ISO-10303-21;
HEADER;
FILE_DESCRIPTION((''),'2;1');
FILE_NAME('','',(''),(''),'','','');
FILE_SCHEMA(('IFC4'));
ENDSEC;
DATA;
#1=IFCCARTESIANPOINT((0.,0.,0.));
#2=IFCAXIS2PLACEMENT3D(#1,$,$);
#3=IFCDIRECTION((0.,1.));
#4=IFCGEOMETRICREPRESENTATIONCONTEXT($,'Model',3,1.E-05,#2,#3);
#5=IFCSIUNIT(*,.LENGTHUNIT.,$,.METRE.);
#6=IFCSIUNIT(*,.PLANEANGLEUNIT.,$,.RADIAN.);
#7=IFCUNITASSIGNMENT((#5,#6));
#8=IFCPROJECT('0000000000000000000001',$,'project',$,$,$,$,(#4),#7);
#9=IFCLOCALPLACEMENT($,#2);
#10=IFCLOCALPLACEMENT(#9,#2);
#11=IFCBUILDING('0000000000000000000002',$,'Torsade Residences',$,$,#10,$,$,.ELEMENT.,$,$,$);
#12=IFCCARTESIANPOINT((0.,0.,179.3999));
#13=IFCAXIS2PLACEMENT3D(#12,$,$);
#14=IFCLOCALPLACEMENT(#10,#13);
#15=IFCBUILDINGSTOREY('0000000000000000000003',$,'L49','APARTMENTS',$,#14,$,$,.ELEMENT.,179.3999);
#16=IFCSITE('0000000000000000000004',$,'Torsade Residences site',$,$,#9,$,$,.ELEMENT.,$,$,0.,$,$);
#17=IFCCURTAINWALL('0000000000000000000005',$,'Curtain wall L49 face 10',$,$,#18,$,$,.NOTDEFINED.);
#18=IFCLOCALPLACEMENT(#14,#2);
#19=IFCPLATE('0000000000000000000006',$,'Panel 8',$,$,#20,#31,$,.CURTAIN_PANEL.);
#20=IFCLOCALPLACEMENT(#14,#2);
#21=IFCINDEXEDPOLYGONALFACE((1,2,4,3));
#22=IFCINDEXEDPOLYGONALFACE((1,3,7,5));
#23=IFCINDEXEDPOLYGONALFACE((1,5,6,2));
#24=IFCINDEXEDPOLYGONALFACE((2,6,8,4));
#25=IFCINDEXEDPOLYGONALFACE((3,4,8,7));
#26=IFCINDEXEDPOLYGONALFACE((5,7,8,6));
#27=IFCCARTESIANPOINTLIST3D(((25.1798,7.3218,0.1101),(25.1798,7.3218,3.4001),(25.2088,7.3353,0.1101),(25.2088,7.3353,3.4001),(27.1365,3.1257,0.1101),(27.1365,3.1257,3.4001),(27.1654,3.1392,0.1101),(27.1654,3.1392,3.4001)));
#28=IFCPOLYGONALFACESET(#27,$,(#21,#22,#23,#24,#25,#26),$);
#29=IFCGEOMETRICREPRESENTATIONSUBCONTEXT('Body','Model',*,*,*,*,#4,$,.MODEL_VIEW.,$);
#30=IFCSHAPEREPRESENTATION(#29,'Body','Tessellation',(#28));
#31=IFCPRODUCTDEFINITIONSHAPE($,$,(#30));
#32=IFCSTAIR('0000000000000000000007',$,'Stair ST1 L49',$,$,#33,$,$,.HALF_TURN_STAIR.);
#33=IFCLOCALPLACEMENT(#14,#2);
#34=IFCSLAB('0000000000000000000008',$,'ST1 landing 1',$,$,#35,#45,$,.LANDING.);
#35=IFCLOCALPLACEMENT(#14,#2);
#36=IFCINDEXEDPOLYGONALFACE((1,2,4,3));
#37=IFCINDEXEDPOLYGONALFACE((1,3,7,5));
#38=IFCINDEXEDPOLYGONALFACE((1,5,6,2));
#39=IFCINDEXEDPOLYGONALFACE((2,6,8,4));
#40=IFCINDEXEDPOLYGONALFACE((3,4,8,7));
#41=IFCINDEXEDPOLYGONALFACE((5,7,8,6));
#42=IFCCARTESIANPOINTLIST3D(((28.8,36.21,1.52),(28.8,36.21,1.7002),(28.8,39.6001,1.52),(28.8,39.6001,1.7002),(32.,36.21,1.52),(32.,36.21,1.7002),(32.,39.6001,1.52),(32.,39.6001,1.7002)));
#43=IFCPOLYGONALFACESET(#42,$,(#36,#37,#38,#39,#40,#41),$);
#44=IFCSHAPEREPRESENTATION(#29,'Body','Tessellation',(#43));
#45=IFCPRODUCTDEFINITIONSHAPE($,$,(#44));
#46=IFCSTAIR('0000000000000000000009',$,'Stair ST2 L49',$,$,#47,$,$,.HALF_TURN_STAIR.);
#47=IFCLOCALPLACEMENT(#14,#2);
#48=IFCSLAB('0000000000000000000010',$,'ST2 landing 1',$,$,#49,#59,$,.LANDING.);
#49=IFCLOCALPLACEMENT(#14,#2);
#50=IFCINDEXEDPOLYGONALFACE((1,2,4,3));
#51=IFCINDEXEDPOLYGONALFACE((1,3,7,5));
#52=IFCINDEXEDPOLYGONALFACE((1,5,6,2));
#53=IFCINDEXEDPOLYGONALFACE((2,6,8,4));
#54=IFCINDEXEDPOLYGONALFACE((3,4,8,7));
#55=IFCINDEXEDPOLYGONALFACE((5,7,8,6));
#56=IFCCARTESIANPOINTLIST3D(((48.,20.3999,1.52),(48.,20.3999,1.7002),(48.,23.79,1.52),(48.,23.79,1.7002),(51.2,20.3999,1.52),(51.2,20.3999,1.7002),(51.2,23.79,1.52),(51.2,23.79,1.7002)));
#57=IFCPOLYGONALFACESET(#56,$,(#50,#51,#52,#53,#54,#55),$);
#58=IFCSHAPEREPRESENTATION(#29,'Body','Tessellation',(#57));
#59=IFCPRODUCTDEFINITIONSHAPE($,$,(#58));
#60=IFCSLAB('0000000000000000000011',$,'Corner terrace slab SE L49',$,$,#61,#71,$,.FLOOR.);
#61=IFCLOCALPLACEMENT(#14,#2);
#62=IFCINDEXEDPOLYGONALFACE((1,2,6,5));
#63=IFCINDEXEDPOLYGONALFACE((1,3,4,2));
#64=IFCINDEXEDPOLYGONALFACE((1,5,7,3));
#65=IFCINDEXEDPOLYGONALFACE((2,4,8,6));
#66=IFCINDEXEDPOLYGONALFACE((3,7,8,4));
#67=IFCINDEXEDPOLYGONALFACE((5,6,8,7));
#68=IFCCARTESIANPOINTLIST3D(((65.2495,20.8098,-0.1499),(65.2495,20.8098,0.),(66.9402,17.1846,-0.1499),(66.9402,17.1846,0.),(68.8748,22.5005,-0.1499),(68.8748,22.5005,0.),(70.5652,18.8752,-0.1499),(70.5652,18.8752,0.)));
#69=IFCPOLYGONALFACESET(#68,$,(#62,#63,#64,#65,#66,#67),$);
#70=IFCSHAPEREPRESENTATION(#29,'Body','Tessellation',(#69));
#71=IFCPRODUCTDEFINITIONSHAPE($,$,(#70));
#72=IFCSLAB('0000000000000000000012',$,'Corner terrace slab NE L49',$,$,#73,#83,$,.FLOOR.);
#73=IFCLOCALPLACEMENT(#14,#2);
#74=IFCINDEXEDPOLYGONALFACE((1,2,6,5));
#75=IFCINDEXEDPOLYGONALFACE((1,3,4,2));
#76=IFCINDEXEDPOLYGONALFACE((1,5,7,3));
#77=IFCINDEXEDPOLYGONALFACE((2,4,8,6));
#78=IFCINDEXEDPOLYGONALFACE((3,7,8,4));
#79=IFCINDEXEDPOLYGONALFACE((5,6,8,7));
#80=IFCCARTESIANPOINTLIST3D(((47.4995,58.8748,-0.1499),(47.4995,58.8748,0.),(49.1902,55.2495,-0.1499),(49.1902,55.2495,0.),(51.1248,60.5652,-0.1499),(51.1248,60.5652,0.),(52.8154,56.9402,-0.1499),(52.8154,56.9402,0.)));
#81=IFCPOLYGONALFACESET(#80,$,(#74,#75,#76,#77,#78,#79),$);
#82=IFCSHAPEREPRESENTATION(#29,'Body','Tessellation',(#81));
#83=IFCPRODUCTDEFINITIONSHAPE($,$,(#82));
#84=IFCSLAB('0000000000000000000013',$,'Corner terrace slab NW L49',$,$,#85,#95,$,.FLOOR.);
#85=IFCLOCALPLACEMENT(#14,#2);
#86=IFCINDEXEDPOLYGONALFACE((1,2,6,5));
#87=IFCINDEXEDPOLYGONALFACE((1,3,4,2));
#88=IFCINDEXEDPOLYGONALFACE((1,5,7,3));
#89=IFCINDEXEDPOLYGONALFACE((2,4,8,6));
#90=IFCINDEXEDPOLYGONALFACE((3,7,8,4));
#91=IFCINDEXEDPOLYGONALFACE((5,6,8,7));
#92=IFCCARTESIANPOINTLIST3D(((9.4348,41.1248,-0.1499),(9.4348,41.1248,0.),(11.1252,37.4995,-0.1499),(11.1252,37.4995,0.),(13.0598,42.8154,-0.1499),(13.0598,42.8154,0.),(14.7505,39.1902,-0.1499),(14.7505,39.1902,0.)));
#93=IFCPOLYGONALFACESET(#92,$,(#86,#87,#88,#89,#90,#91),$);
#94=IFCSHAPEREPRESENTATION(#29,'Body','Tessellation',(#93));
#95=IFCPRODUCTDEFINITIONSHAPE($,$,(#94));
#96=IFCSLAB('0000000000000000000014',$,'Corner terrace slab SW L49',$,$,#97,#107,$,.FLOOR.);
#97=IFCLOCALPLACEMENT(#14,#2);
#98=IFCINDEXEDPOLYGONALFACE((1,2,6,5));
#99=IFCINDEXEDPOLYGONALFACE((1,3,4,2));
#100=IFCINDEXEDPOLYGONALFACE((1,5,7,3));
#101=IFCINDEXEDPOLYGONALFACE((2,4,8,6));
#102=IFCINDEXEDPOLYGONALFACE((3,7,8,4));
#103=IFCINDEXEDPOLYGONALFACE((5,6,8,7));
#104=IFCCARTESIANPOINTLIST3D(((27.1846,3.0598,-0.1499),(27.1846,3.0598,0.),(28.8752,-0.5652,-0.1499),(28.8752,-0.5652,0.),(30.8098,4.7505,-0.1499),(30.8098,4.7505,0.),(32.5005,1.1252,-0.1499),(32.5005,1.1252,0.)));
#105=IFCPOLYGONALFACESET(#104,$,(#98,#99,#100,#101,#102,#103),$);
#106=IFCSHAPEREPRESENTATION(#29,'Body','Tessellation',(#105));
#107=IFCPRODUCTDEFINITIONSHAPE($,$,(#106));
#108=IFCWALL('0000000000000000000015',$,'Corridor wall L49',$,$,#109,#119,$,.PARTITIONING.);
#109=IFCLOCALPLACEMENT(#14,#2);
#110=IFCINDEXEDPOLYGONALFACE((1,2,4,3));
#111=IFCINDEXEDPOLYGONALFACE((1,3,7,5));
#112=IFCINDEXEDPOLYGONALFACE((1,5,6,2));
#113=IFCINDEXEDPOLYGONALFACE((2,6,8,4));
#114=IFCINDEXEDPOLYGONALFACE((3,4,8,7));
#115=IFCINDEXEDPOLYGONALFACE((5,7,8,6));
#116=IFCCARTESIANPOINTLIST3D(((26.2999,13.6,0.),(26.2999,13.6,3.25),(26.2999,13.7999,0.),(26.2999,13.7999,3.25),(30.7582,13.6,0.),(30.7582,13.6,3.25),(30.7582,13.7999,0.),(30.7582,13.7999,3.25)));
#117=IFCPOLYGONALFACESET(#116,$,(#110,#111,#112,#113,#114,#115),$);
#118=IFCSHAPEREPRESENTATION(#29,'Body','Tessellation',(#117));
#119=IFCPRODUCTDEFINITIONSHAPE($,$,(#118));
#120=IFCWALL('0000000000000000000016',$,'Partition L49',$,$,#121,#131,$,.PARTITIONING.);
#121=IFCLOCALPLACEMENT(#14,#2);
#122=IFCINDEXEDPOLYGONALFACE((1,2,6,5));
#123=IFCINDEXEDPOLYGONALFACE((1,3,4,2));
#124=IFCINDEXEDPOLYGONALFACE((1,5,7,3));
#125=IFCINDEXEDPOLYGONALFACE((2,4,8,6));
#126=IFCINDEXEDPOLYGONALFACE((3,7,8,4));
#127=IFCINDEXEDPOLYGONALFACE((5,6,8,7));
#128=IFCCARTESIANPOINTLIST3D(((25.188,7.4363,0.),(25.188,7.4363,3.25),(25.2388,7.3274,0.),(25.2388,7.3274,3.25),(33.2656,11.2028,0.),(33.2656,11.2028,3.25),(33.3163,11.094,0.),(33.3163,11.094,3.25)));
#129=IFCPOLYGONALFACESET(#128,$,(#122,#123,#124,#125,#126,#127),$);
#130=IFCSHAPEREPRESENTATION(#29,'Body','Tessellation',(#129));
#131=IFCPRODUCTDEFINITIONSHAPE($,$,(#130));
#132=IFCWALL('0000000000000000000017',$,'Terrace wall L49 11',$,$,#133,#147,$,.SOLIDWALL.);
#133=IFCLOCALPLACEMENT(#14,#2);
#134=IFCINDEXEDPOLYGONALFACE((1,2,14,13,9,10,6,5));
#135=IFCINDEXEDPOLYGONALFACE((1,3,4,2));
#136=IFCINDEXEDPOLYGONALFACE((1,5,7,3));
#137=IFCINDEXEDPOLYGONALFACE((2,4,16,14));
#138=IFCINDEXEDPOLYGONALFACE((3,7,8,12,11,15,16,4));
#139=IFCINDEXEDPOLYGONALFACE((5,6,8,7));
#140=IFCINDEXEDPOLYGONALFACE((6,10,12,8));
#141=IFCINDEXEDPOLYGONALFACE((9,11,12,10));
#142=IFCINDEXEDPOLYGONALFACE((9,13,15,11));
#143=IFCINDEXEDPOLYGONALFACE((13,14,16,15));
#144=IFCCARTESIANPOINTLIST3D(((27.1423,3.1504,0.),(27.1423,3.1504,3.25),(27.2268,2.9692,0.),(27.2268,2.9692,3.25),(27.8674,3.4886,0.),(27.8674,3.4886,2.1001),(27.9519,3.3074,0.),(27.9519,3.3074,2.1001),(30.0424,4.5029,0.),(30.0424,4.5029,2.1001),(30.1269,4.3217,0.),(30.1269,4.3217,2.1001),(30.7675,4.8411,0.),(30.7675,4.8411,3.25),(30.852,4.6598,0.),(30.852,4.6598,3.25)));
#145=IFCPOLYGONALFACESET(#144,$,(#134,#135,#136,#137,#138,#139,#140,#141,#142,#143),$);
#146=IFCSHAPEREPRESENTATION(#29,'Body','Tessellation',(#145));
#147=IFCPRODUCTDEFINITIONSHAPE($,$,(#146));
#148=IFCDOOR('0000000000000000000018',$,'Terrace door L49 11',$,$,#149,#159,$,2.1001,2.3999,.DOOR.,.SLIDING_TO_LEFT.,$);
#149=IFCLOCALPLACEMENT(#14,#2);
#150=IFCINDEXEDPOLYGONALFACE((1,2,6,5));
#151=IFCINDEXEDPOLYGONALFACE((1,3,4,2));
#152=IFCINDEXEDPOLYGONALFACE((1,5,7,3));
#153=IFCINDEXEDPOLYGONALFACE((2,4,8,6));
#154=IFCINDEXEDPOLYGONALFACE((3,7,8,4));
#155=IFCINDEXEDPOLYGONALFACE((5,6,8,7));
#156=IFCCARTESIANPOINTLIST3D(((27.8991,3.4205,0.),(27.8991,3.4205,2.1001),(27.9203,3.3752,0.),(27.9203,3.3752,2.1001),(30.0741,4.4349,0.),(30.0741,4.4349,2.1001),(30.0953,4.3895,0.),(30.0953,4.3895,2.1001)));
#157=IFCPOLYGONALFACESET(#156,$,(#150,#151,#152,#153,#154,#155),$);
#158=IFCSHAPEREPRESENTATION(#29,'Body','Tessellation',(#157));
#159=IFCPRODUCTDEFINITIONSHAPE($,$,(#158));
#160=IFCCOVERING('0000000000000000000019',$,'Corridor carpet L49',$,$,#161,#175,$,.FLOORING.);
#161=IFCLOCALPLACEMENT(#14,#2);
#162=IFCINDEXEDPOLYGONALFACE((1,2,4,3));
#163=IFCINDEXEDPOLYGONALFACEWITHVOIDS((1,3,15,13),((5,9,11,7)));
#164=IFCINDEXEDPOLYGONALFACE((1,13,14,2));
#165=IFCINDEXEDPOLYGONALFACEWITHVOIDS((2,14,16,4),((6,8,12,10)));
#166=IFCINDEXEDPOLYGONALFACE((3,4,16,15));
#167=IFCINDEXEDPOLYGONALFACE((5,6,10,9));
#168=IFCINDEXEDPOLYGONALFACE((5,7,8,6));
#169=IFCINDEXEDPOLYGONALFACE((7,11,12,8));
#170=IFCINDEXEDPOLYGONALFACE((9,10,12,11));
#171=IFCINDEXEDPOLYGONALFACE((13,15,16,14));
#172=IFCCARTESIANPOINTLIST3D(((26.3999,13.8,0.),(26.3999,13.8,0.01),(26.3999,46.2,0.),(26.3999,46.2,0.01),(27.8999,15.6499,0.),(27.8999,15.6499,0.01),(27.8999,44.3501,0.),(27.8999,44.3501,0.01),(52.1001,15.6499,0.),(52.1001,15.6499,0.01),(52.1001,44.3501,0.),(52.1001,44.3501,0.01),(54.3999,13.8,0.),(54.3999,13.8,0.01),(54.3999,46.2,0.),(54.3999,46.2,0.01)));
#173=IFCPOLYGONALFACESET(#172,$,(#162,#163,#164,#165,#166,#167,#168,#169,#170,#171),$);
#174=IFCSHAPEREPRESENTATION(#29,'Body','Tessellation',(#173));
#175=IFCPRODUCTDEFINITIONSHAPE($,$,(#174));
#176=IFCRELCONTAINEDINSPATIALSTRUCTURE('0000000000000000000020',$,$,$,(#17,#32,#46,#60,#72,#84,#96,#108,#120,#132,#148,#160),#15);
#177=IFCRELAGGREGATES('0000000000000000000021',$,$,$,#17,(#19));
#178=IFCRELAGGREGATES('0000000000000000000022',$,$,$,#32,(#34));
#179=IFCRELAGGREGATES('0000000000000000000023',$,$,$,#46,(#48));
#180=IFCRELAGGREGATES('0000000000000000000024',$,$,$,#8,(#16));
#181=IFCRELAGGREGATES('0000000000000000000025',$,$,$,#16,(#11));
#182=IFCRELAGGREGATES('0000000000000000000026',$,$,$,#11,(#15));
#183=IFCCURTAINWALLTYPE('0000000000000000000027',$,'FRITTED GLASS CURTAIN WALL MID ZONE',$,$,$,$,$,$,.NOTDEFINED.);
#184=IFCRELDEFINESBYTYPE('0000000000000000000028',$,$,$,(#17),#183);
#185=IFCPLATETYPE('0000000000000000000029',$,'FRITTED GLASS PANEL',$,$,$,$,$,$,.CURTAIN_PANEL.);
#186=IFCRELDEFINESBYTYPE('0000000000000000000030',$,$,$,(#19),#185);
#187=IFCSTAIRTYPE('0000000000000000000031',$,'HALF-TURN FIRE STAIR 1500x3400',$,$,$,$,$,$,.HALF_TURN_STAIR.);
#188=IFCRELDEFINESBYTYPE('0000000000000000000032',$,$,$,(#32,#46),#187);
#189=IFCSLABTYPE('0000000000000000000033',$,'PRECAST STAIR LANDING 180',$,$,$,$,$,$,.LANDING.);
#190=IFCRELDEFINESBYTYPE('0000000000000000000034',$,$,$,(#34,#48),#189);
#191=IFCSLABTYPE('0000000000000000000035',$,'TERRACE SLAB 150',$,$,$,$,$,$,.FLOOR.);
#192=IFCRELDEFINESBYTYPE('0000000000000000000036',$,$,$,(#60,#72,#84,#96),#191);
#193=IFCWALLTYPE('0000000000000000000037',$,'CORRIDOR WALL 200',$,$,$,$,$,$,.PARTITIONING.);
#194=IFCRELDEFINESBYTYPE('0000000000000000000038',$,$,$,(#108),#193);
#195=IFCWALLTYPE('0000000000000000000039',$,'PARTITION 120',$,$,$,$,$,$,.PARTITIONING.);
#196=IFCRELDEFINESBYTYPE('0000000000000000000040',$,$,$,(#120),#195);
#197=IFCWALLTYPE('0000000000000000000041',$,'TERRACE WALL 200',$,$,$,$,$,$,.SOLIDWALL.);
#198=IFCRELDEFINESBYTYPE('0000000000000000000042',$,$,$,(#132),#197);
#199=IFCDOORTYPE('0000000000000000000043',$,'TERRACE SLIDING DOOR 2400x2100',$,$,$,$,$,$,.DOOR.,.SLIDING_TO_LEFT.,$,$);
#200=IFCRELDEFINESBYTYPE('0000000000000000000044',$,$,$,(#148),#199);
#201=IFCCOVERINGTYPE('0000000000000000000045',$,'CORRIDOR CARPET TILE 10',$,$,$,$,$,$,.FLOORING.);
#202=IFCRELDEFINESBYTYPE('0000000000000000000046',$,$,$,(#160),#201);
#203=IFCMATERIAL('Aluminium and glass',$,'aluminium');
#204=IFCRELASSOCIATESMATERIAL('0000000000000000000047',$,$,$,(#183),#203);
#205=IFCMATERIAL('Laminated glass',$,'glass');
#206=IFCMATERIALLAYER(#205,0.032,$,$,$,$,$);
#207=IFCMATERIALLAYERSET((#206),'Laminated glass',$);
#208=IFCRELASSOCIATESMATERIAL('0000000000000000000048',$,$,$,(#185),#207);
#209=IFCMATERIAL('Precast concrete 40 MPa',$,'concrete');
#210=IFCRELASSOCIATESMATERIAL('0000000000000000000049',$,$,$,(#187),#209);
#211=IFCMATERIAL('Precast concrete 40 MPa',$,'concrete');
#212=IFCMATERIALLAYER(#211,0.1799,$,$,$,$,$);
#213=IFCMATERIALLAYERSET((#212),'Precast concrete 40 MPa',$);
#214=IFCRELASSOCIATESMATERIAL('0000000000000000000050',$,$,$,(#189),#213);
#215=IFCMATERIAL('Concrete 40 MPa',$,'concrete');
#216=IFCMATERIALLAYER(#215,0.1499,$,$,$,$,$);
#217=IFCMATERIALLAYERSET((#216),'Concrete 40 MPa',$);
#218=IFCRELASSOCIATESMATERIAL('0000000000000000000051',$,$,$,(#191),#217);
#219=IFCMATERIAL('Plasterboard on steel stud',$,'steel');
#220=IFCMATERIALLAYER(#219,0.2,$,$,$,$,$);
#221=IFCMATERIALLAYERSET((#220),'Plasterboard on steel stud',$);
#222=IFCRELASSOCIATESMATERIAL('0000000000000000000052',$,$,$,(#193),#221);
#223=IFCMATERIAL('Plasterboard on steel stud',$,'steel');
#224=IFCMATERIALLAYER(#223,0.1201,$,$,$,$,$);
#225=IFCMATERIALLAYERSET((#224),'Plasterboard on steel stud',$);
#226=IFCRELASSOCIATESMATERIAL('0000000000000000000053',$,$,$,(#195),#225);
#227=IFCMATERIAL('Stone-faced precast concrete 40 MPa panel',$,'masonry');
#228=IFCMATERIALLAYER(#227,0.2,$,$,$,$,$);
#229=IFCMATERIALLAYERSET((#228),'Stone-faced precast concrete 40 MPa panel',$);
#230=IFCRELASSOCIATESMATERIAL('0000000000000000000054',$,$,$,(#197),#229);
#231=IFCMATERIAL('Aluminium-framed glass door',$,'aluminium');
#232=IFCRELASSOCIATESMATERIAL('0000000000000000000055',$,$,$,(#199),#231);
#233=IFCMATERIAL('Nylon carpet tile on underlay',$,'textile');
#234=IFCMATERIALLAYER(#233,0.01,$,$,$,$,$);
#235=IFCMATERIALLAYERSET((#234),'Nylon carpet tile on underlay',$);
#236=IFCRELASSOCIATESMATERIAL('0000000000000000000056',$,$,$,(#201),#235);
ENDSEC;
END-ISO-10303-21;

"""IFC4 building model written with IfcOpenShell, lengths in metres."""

from ifc_helpers import new_model, si_unit, direction, frame, frame_2d, origin, origin_2d, place, context, subcontext, project, spatial, polyline, rectangle, outline, extrude, material, layer, layer_set, type_object, element, fill, aggregate, save


model = new_model("IFC4")

# Units and contexts
model_context = context("Model", 3, precision=1e-05, world=origin(), true_north=direction((0.0, 1.0)))
body_context = subcontext(model_context, "Body", "Model", "MODEL_VIEW")
ifc_project = project(units=[si_unit("LENGTHUNIT", "METRE"), si_unit("PLANEANGLEUNIT", "RADIAN")], contexts=[model_context])

# Site, building, storey
site_placement = place(None, origin())
site = spatial("IfcSite", under=ifc_project, at=site_placement, Name="Torsade Residences site", CompositionType="ELEMENT", RefElevation=0.0)
building_placement = place(site_placement, origin())
building = spatial("IfcBuilding", under=site, at=building_placement, Name="Torsade Residences", CompositionType="ELEMENT")
storey_placement = place(building_placement, frame((0.0, 0.0, 179.3999)))
storey = spatial("IfcBuildingStorey", under=building, at=storey_placement, Name="L49", Description="APARTMENTS", CompositionType="ELEMENT", Elevation=179.3999)

# Curtain wall
ifc_material_1 = material(Name="Aluminium and glass", Category="aluminium")
curtain_wall_type = type_object("IfcCurtainWallType", Name="FRITTED GLASS CURTAIN WALL MID ZONE", PredefinedType="NOTDEFINED", material=ifc_material_1)
curtain_wall_placement = place(storey_placement, origin())
curtain_wall = element("IfcCurtainWall", 1, at=curtain_wall_placement, inside=storey, type_object=curtain_wall_type, Name="Curtain wall L49 face 10", PredefinedType="NOTDEFINED")

# Plate
ifc_material_2 = material(Name="Laminated glass", Category="glass")
ifc_layer_1 = layer(ifc_material_2, 0.032)
ifc_layer_set_1 = layer_set([ifc_layer_1], Name="Laminated glass")
plate_type = type_object("IfcPlateType", Name="FRITTED GLASS PANEL", PredefinedType="CURTAIN_PANEL", material=ifc_layer_set_1)
plate_1_placement = place(storey_placement, frame((26.1726, 5.2305, 0.1101), z_axis=(0.0, 0.0, 1.0), x_axis=(0.422618, -0.906308, 0.0)))
plate_1 = element("IfcPlate", 2, at=plate_1_placement, type_object=plate_type, Name="Panel 8", PredefinedType="CURTAIN_PANEL", context=body_context, shape_type="SweptSolid", body=[
    extrude(rectangle(XDim=4.6299, YDim=0.032, at=origin_2d()), origin(), (0.0, 0.0, 1.0), 3.29),
])
aggregate(curtain_wall, [plate_1])

# Stairs, slabs
ifc_material_3 = material(Name="Precast concrete 40 MPa", Category="concrete")
stair_type = type_object("IfcStairType", Name="HALF-TURN FIRE STAIR 1500x3400", PredefinedType="HALF_TURN_STAIR", material=ifc_material_3)
stair_1_placement = place(storey_placement, origin())
stair_1 = element("IfcStair", 3, at=stair_1_placement, inside=storey, type_object=stair_type, Name="Stair ST1 L49", PredefinedType="HALF_TURN_STAIR")
ifc_material_4 = material(Name="Precast concrete 40 MPa", Category="concrete")
ifc_layer_2 = layer(ifc_material_4, 0.1799)
ifc_layer_set_2 = layer_set([ifc_layer_2], Name="Precast concrete 40 MPa")
slab_type_1 = type_object("IfcSlabType", Name="PRECAST STAIR LANDING 180", PredefinedType="LANDING", material=ifc_layer_set_2)
slab_1_placement = place(storey_placement, frame((0.0, 0.0, 1.52)))
slab_1 = element("IfcSlab", 4, at=slab_1_placement, type_object=slab_type_1, Name="ST1 landing 1", PredefinedType="LANDING", context=body_context, shape_type="SweptSolid", body=[
    extrude(outline(polyline([(28.8, 36.21), (32.0, 36.21), (32.0, 39.6001), (28.8, 39.6001), (28.8, 36.21)])), origin(), (0.0, 0.0, 1.0), 0.1802),
])
aggregate(stair_1, [slab_1])
stair_2_placement = place(storey_placement, origin())
stair_2 = element("IfcStair", 5, at=stair_2_placement, inside=storey, type_object=stair_type, Name="Stair ST2 L49", PredefinedType="HALF_TURN_STAIR")
slab_2_placement = place(storey_placement, frame((0.0, 0.0, 1.52)))
slab_2 = element("IfcSlab", 6, at=slab_2_placement, type_object=slab_type_1, Name="ST2 landing 1", PredefinedType="LANDING", context=body_context, shape_type="SweptSolid", body=[
    extrude(outline(polyline([(48.0, 20.3999), (51.2, 20.3999), (51.2, 23.79), (48.0, 23.79), (48.0, 20.3999)])), origin(), (0.0, 0.0, 1.0), 0.1802),
])
aggregate(stair_2, [slab_2])

# Slabs
ifc_material_5 = material(Name="Concrete 40 MPa", Category="concrete")
ifc_layer_3 = layer(ifc_material_5, 0.1499)
ifc_layer_set_3 = layer_set([ifc_layer_3], Name="Concrete 40 MPa")
slab_type_2 = type_object("IfcSlabType", Name="TERRACE SLAB 150", PredefinedType="FLOOR", material=ifc_layer_set_3)
slab_3_placement = place(storey_placement, frame((0.0, 0.0, -0.1499)))
element("IfcSlab", 7, at=slab_3_placement, inside=storey, type_object=slab_type_2, Name="Corner terrace slab SE L49", PredefinedType="FLOOR", context=body_context, shape_type="SweptSolid", body=[
    extrude(outline(polyline([(66.9402, 17.1846), (70.5652, 18.8752), (68.8748, 22.5005), (65.2495, 20.8098), (66.9402, 17.1846)])), origin(), (0.0, 0.0, 1.0), 0.1499),
])
slab_4_placement = place(storey_placement, frame((0.0, 0.0, -0.1499)))
element("IfcSlab", 8, at=slab_4_placement, inside=storey, type_object=slab_type_2, Name="Corner terrace slab NE L49", PredefinedType="FLOOR", context=body_context, shape_type="SweptSolid", body=[
    extrude(outline(polyline([(49.1902, 55.2495), (52.8154, 56.9402), (51.1248, 60.5652), (47.4995, 58.8748), (49.1902, 55.2495)])), origin(), (0.0, 0.0, 1.0), 0.1499),
])
slab_5_placement = place(storey_placement, frame((0.0, 0.0, -0.1499)))
element("IfcSlab", 9, at=slab_5_placement, inside=storey, type_object=slab_type_2, Name="Corner terrace slab NW L49", PredefinedType="FLOOR", context=body_context, shape_type="SweptSolid", body=[
    extrude(outline(polyline([(11.1252, 37.4995), (14.7505, 39.1902), (13.0598, 42.8154), (9.4348, 41.1248), (11.1252, 37.4995)])), origin(), (0.0, 0.0, 1.0), 0.1499),
])
slab_6_placement = place(storey_placement, frame((0.0, 0.0, -0.1499)))
element("IfcSlab", 10, at=slab_6_placement, inside=storey, type_object=slab_type_2, Name="Corner terrace slab SW L49", PredefinedType="FLOOR", context=body_context, shape_type="SweptSolid", body=[
    extrude(outline(polyline([(28.8752, -0.5652), (32.5005, 1.1252), (30.8098, 4.7505), (27.1846, 3.0598), (28.8752, -0.5652)])), origin(), (0.0, 0.0, 1.0), 0.1499),
])

# Walls
ifc_material_6 = material(Name="Plasterboard on steel stud", Category="steel")
ifc_layer_4 = layer(ifc_material_6, 0.2)
ifc_layer_set_4 = layer_set([ifc_layer_4], Name="Plasterboard on steel stud")
wall_type_1 = type_object("IfcWallType", Name="CORRIDOR WALL 200", PredefinedType="PARTITIONING", material=ifc_layer_set_4)
wall_1_placement = place(storey_placement, frame((26.3, 13.7, 0.0), z_axis=(0.0, 0.0, 1.0), x_axis=(1.0, 0.0, 0.0)))
element("IfcWall", 11, at=wall_1_placement, inside=storey, type_object=wall_type_1, Name="Corridor wall L49", PredefinedType="PARTITIONING", context=body_context, shape_type="SweptSolid", body=[
    extrude(rectangle(XDim=4.4583, YDim=0.2, at=frame_2d((2.229, 0.0))), origin(), (0.0, 0.0, 1.0), 3.25),
])
ifc_material_7 = material(Name="Plasterboard on steel stud", Category="steel")
ifc_layer_5 = layer(ifc_material_7, 0.1201)
ifc_layer_set_5 = layer_set([ifc_layer_5], Name="Plasterboard on steel stud")
wall_type_2 = type_object("IfcWallType", Name="PARTITION 120", PredefinedType="PARTITIONING", material=ifc_layer_set_5)
wall_2_placement = place(storey_placement, frame((25.2134, 7.3818, 0.0), z_axis=(0.0, 0.0, 1.0), x_axis=(0.90631, 0.422613, 0.0)))
element("IfcWall", 12, at=wall_2_placement, inside=storey, type_object=wall_type_2, Name="Partition L49", PredefinedType="PARTITIONING", context=body_context, shape_type="SweptSolid", body=[
    extrude(rectangle(XDim=8.9126, YDim=0.1201, at=frame_2d((4.4563, 0.0))), origin(), (0.0, 0.0, 1.0), 3.25),
])

# Wall, opening, door
ifc_material_8 = material(Name="Stone-faced precast concrete 40 MPa panel", Category="masonry")
ifc_layer_6 = layer(ifc_material_8, 0.2)
ifc_layer_set_6 = layer_set([ifc_layer_6], Name="Stone-faced precast concrete 40 MPa panel")
wall_type_3 = type_object("IfcWallType", Name="TERRACE WALL 200", PredefinedType="SOLIDWALL", material=ifc_layer_set_6)
wall_3_placement = place(storey_placement, frame((27.1846, 3.0598, 0.0), z_axis=(0.0, 0.0, 1.0), x_axis=(0.906289, 0.422658, 0.0)))
wall_3 = element("IfcWall", 13, at=wall_3_placement, inside=storey, type_object=wall_type_3, Name="Terrace wall L49 11", PredefinedType="SOLIDWALL", context=body_context, shape_type="SweptSolid", body=[
    extrude(rectangle(XDim=4.0, YDim=0.2, at=frame_2d((2.0, 0.0))), origin(), (0.0, 0.0, 1.0), 3.25),
])
opening_placement = place(wall_3_placement, frame((0.8, 0.0, 0.0)))
opening = element("IfcOpeningElement", 14, at=opening_placement, cuts=wall_3, PredefinedType="OPENING", context=body_context, shape_type="SweptSolid", body=[
    extrude(rectangle(XDim=2.3999, YDim=2.1001, at=frame_2d((1.2, 1.05))), frame((0.0, 0.1099, 0.0), z_axis=(0.0, -1.0, 0.0), x_axis=(1.0, 0.0, 0.0)), (0.0, 0.0, 1.0), 0.22),
])
ifc_material_9 = material(Name="Aluminium-framed glass door", Category="aluminium")
door_type = type_object("IfcDoorType", Name="TERRACE SLIDING DOOR 2400x2100", OperationType="SLIDING_TO_LEFT", PredefinedType="DOOR", material=ifc_material_9)
door_placement = place(opening_placement, origin())
door = element("IfcDoor", 15, at=door_placement, inside=storey, type_object=door_type, Name="Terrace door L49 11", OperationType="SLIDING_TO_LEFT", OverallHeight=2.1001, OverallWidth=2.3999, PredefinedType="DOOR", context=body_context, shape_type="SweptSolid", body=[
    extrude(rectangle(XDim=2.3999, YDim=2.1001, at=frame_2d((1.2, 1.05))), frame((0.0, 0.0249, 0.0), z_axis=(0.0, -1.0, 0.0), x_axis=(1.0, 0.0, 0.0)), (0.0, 0.0, 1.0), 0.05),
])
fill(opening, door)

# Covering
ifc_material_10 = material(Name="Nylon carpet tile on underlay", Category="textile")
ifc_layer_7 = layer(ifc_material_10, 0.01)
ifc_layer_set_7 = layer_set([ifc_layer_7], Name="Nylon carpet tile on underlay")
covering_type_1 = type_object("IfcCoveringType", Name="CORRIDOR CARPET TILE 10", PredefinedType="FLOORING", material=ifc_layer_set_7)
covering_1_placement = place(storey_placement, origin())
element("IfcCovering", 16, at=covering_1_placement, inside=storey, type_object=covering_type_1, Name="Corridor carpet L49", PredefinedType="FLOORING", context=body_context, shape_type="SweptSolid", body=[
    extrude(outline(polyline([(26.3999, 46.2), (26.3999, 13.8), (54.3999, 13.8), (54.3999, 46.2), (26.3999, 46.2)]), holes=[polyline([(52.1001, 44.3501), (27.8999, 44.3501), (27.8999, 15.6499), (52.1001, 15.6499), (52.1001, 44.3501)])]), origin(), (0.0, 0.0, 1.0), 0.01),
])

save(model, "model.ifc")
